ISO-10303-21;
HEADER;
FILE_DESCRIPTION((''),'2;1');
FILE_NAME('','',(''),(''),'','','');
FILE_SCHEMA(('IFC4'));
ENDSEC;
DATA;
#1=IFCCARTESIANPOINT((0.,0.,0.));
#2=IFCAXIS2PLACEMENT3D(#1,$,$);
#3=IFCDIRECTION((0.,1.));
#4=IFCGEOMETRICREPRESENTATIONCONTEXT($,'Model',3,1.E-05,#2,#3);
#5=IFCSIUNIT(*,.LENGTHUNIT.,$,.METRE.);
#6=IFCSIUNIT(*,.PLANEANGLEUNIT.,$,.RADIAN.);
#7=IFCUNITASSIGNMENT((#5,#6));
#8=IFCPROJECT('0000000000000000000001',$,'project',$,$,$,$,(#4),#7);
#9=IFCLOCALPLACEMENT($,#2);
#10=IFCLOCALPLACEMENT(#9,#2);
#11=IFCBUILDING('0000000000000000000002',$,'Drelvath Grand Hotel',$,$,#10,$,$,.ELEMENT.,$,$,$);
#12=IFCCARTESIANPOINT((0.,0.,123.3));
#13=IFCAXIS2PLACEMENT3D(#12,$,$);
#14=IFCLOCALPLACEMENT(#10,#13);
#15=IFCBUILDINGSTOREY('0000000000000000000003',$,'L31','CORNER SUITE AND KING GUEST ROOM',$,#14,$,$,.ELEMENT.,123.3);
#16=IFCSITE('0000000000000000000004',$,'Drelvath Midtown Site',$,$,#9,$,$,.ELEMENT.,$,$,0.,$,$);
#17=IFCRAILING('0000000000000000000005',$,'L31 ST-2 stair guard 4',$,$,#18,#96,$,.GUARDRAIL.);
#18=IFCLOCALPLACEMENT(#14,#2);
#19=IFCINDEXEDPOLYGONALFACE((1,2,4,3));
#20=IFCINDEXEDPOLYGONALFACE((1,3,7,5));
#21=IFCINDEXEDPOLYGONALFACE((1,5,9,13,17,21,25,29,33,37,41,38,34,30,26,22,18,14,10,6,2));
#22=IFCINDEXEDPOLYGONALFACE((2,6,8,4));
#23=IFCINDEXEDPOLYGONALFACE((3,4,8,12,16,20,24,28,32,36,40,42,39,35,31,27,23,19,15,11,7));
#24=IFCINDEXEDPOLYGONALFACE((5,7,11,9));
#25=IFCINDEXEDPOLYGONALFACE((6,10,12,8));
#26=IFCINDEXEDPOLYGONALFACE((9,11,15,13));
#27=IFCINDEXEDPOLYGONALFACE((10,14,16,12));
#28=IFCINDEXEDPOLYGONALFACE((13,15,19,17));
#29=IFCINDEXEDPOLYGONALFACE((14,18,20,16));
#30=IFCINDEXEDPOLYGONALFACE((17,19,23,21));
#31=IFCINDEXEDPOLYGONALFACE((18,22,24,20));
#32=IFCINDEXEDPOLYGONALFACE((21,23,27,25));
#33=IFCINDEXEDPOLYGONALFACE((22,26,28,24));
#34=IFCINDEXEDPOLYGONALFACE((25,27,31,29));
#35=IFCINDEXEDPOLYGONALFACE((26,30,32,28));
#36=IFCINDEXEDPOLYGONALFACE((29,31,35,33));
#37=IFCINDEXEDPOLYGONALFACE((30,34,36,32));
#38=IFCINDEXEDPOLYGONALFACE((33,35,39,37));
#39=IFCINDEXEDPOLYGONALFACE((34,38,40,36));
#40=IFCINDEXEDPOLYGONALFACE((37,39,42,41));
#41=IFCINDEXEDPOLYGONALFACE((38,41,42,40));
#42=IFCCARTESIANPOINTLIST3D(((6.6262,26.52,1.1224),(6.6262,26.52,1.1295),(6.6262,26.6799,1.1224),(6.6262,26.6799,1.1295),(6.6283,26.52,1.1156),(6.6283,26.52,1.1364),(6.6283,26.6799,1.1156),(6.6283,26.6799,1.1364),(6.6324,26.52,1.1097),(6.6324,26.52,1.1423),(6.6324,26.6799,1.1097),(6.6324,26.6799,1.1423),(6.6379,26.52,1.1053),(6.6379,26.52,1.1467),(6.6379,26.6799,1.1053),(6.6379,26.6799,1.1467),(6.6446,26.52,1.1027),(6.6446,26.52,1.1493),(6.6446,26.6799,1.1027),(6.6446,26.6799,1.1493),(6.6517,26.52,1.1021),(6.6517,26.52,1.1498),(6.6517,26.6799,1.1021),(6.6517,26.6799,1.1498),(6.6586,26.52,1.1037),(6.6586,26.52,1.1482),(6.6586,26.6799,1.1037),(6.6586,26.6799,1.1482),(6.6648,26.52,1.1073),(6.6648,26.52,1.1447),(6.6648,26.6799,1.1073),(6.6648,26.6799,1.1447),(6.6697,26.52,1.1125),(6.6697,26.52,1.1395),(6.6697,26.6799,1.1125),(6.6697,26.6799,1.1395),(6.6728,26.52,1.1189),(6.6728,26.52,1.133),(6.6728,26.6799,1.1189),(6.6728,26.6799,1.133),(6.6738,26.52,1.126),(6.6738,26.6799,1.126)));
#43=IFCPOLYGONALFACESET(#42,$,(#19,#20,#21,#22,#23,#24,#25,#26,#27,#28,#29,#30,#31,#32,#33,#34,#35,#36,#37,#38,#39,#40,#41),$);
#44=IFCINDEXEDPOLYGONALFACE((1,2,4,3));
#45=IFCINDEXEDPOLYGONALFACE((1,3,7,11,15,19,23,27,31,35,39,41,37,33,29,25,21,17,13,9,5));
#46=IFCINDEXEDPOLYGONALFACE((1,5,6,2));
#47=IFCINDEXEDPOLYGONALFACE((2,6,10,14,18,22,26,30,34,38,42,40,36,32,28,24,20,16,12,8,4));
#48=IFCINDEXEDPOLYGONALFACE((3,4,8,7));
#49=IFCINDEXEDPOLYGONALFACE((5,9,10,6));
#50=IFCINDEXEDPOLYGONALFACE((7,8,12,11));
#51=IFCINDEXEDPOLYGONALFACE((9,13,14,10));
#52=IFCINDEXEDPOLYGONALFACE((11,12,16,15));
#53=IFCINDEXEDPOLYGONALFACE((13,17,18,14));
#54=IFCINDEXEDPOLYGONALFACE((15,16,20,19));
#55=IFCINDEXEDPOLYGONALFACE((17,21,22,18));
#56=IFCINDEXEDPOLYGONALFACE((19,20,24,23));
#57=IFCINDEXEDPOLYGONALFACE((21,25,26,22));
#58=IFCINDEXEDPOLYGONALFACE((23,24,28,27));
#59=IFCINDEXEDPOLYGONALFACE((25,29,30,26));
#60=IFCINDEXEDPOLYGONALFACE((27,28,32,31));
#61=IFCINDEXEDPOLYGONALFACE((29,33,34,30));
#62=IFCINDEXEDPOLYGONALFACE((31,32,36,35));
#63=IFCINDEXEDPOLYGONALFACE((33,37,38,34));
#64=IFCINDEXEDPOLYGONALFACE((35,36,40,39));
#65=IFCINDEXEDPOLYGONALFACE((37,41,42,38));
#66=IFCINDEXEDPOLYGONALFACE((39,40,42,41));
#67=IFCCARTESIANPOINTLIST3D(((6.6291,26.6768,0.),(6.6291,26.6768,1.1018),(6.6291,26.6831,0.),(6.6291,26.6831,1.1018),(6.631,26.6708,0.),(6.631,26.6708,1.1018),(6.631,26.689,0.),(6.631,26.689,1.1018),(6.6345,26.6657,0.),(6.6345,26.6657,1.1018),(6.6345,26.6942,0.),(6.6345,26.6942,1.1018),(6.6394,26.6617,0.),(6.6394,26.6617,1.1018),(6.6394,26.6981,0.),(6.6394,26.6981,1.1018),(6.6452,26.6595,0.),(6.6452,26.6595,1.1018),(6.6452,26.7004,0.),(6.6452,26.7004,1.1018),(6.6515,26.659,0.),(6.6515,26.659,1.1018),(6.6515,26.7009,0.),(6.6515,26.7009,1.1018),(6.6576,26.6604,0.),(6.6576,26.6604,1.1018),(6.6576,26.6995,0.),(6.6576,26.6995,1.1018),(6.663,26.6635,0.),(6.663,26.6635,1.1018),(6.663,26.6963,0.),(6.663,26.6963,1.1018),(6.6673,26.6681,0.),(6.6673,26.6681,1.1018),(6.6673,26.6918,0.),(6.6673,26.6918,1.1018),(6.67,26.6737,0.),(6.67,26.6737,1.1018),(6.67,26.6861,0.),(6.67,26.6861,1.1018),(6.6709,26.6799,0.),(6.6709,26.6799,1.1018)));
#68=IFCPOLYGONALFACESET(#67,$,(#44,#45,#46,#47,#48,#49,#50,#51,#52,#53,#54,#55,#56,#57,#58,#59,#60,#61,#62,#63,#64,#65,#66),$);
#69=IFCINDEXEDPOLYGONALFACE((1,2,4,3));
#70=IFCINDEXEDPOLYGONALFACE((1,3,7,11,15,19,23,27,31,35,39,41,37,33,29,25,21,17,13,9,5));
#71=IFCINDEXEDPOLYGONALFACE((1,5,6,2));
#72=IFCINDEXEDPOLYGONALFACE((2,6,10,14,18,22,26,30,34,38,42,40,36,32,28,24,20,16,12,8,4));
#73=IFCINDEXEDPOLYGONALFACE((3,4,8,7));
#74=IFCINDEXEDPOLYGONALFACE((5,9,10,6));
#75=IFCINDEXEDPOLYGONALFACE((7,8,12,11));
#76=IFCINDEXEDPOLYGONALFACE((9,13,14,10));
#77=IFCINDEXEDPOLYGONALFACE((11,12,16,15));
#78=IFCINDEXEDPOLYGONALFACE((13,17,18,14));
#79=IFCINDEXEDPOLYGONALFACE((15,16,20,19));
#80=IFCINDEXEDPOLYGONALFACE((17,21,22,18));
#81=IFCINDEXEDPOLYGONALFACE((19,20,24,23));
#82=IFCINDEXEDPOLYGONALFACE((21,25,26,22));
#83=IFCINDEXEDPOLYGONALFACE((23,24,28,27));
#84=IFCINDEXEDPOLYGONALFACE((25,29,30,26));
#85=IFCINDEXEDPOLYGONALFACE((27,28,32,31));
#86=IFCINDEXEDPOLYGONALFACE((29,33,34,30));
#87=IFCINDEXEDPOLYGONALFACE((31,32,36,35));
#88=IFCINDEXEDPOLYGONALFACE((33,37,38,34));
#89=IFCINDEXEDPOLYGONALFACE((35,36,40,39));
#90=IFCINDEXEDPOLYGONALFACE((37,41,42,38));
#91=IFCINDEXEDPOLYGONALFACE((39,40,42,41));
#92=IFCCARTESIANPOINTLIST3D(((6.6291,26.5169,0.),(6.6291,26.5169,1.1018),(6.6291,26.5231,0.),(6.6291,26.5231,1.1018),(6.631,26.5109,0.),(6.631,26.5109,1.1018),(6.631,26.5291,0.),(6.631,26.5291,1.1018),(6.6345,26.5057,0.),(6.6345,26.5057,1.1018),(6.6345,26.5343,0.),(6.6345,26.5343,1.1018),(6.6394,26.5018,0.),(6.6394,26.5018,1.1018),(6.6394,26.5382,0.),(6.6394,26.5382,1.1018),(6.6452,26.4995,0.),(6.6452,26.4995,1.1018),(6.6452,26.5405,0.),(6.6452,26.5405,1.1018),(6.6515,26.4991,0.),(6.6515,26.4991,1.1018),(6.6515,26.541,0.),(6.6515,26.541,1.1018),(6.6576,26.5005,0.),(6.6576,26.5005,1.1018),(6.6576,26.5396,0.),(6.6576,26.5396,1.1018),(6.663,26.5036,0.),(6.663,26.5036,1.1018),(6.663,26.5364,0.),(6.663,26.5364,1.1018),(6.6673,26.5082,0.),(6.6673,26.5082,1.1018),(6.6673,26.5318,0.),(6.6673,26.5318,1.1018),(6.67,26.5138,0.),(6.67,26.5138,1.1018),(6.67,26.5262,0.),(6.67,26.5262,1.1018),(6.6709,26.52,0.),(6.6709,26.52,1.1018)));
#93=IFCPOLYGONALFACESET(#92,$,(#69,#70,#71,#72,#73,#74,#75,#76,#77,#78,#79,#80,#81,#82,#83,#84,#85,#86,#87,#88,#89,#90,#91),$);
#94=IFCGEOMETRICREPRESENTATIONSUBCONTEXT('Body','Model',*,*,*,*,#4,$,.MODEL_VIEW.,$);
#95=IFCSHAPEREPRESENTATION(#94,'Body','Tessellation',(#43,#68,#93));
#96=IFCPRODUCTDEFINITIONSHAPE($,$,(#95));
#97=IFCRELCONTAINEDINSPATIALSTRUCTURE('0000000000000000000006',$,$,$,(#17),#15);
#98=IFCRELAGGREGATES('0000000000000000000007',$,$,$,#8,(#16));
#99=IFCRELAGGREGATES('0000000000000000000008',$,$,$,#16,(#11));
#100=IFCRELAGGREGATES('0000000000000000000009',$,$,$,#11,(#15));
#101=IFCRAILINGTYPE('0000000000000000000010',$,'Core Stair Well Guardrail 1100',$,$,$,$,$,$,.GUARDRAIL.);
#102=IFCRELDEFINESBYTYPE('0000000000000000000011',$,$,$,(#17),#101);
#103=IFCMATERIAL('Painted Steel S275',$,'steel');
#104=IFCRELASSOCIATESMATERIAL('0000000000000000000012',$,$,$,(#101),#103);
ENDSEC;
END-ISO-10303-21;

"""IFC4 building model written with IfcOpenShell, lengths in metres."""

from ifc_helpers import new_model, si_unit, direction, frame, origin, origin_2d, place, context, subcontext, project, spatial, circle, extrude, material, type_object, element, save


model = new_model("IFC4")

# Units and contexts
model_context = context("Model", 3, precision=1e-05, world=origin(), true_north=direction((0.0, 1.0)))
body_context = subcontext(model_context, "Body", "Model", "MODEL_VIEW")
ifc_project = project(units=[si_unit("LENGTHUNIT", "METRE"), si_unit("PLANEANGLEUNIT", "RADIAN")], contexts=[model_context])

# Site, building, storey
site_placement = place(None, origin())
site = spatial("IfcSite", under=ifc_project, at=site_placement, Name="Drelvath Midtown Site", CompositionType="ELEMENT", RefElevation=0.0)
building_placement = place(site_placement, origin())
building = spatial("IfcBuilding", under=site, at=building_placement, Name="Drelvath Grand Hotel", CompositionType="ELEMENT")
storey_placement = place(building_placement, frame((0.0, 0.0, 123.3)))
storey = spatial("IfcBuildingStorey", under=building, at=storey_placement, Name="L31", Description="CORNER SUITE AND KING GUEST ROOM", CompositionType="ELEMENT", Elevation=123.3)

# Railing
ifc_material_1 = material(Name="Painted Steel S275", Category="steel")
railing_type_1 = type_object("IfcRailingType", Name="Core Stair Well Guardrail 1100", PredefinedType="GUARDRAIL", material=ifc_material_1)
railing_1_placement = place(storey_placement, frame((6.6499, 26.6799, 0.0)))
element("IfcRailing", 1, at=railing_1_placement, inside=storey, type_object=railing_type_1, Name="L31 ST-2 stair guard 4", PredefinedType="GUARDRAIL", context=body_context, shape_type="SweptSolid", body=[
    extrude(circle(Radius=0.0239, at=origin_2d()), frame((0.0, 0.0, 1.126), z_axis=(0.0, -1.0, 0.0), x_axis=(1.0, 0.0, 0.0)), (0.0, 0.0, 1.0), 0.1599),
    extrude(circle(Radius=0.021, at=origin_2d()), origin(), (0.0, 0.0, 1.0), 1.1018),
    extrude(circle(Radius=0.021, at=origin_2d()), frame((0.0, -0.1599, 0.0)), (0.0, 0.0, 1.0), 1.1018),
])

save(model, "model.ifc")
